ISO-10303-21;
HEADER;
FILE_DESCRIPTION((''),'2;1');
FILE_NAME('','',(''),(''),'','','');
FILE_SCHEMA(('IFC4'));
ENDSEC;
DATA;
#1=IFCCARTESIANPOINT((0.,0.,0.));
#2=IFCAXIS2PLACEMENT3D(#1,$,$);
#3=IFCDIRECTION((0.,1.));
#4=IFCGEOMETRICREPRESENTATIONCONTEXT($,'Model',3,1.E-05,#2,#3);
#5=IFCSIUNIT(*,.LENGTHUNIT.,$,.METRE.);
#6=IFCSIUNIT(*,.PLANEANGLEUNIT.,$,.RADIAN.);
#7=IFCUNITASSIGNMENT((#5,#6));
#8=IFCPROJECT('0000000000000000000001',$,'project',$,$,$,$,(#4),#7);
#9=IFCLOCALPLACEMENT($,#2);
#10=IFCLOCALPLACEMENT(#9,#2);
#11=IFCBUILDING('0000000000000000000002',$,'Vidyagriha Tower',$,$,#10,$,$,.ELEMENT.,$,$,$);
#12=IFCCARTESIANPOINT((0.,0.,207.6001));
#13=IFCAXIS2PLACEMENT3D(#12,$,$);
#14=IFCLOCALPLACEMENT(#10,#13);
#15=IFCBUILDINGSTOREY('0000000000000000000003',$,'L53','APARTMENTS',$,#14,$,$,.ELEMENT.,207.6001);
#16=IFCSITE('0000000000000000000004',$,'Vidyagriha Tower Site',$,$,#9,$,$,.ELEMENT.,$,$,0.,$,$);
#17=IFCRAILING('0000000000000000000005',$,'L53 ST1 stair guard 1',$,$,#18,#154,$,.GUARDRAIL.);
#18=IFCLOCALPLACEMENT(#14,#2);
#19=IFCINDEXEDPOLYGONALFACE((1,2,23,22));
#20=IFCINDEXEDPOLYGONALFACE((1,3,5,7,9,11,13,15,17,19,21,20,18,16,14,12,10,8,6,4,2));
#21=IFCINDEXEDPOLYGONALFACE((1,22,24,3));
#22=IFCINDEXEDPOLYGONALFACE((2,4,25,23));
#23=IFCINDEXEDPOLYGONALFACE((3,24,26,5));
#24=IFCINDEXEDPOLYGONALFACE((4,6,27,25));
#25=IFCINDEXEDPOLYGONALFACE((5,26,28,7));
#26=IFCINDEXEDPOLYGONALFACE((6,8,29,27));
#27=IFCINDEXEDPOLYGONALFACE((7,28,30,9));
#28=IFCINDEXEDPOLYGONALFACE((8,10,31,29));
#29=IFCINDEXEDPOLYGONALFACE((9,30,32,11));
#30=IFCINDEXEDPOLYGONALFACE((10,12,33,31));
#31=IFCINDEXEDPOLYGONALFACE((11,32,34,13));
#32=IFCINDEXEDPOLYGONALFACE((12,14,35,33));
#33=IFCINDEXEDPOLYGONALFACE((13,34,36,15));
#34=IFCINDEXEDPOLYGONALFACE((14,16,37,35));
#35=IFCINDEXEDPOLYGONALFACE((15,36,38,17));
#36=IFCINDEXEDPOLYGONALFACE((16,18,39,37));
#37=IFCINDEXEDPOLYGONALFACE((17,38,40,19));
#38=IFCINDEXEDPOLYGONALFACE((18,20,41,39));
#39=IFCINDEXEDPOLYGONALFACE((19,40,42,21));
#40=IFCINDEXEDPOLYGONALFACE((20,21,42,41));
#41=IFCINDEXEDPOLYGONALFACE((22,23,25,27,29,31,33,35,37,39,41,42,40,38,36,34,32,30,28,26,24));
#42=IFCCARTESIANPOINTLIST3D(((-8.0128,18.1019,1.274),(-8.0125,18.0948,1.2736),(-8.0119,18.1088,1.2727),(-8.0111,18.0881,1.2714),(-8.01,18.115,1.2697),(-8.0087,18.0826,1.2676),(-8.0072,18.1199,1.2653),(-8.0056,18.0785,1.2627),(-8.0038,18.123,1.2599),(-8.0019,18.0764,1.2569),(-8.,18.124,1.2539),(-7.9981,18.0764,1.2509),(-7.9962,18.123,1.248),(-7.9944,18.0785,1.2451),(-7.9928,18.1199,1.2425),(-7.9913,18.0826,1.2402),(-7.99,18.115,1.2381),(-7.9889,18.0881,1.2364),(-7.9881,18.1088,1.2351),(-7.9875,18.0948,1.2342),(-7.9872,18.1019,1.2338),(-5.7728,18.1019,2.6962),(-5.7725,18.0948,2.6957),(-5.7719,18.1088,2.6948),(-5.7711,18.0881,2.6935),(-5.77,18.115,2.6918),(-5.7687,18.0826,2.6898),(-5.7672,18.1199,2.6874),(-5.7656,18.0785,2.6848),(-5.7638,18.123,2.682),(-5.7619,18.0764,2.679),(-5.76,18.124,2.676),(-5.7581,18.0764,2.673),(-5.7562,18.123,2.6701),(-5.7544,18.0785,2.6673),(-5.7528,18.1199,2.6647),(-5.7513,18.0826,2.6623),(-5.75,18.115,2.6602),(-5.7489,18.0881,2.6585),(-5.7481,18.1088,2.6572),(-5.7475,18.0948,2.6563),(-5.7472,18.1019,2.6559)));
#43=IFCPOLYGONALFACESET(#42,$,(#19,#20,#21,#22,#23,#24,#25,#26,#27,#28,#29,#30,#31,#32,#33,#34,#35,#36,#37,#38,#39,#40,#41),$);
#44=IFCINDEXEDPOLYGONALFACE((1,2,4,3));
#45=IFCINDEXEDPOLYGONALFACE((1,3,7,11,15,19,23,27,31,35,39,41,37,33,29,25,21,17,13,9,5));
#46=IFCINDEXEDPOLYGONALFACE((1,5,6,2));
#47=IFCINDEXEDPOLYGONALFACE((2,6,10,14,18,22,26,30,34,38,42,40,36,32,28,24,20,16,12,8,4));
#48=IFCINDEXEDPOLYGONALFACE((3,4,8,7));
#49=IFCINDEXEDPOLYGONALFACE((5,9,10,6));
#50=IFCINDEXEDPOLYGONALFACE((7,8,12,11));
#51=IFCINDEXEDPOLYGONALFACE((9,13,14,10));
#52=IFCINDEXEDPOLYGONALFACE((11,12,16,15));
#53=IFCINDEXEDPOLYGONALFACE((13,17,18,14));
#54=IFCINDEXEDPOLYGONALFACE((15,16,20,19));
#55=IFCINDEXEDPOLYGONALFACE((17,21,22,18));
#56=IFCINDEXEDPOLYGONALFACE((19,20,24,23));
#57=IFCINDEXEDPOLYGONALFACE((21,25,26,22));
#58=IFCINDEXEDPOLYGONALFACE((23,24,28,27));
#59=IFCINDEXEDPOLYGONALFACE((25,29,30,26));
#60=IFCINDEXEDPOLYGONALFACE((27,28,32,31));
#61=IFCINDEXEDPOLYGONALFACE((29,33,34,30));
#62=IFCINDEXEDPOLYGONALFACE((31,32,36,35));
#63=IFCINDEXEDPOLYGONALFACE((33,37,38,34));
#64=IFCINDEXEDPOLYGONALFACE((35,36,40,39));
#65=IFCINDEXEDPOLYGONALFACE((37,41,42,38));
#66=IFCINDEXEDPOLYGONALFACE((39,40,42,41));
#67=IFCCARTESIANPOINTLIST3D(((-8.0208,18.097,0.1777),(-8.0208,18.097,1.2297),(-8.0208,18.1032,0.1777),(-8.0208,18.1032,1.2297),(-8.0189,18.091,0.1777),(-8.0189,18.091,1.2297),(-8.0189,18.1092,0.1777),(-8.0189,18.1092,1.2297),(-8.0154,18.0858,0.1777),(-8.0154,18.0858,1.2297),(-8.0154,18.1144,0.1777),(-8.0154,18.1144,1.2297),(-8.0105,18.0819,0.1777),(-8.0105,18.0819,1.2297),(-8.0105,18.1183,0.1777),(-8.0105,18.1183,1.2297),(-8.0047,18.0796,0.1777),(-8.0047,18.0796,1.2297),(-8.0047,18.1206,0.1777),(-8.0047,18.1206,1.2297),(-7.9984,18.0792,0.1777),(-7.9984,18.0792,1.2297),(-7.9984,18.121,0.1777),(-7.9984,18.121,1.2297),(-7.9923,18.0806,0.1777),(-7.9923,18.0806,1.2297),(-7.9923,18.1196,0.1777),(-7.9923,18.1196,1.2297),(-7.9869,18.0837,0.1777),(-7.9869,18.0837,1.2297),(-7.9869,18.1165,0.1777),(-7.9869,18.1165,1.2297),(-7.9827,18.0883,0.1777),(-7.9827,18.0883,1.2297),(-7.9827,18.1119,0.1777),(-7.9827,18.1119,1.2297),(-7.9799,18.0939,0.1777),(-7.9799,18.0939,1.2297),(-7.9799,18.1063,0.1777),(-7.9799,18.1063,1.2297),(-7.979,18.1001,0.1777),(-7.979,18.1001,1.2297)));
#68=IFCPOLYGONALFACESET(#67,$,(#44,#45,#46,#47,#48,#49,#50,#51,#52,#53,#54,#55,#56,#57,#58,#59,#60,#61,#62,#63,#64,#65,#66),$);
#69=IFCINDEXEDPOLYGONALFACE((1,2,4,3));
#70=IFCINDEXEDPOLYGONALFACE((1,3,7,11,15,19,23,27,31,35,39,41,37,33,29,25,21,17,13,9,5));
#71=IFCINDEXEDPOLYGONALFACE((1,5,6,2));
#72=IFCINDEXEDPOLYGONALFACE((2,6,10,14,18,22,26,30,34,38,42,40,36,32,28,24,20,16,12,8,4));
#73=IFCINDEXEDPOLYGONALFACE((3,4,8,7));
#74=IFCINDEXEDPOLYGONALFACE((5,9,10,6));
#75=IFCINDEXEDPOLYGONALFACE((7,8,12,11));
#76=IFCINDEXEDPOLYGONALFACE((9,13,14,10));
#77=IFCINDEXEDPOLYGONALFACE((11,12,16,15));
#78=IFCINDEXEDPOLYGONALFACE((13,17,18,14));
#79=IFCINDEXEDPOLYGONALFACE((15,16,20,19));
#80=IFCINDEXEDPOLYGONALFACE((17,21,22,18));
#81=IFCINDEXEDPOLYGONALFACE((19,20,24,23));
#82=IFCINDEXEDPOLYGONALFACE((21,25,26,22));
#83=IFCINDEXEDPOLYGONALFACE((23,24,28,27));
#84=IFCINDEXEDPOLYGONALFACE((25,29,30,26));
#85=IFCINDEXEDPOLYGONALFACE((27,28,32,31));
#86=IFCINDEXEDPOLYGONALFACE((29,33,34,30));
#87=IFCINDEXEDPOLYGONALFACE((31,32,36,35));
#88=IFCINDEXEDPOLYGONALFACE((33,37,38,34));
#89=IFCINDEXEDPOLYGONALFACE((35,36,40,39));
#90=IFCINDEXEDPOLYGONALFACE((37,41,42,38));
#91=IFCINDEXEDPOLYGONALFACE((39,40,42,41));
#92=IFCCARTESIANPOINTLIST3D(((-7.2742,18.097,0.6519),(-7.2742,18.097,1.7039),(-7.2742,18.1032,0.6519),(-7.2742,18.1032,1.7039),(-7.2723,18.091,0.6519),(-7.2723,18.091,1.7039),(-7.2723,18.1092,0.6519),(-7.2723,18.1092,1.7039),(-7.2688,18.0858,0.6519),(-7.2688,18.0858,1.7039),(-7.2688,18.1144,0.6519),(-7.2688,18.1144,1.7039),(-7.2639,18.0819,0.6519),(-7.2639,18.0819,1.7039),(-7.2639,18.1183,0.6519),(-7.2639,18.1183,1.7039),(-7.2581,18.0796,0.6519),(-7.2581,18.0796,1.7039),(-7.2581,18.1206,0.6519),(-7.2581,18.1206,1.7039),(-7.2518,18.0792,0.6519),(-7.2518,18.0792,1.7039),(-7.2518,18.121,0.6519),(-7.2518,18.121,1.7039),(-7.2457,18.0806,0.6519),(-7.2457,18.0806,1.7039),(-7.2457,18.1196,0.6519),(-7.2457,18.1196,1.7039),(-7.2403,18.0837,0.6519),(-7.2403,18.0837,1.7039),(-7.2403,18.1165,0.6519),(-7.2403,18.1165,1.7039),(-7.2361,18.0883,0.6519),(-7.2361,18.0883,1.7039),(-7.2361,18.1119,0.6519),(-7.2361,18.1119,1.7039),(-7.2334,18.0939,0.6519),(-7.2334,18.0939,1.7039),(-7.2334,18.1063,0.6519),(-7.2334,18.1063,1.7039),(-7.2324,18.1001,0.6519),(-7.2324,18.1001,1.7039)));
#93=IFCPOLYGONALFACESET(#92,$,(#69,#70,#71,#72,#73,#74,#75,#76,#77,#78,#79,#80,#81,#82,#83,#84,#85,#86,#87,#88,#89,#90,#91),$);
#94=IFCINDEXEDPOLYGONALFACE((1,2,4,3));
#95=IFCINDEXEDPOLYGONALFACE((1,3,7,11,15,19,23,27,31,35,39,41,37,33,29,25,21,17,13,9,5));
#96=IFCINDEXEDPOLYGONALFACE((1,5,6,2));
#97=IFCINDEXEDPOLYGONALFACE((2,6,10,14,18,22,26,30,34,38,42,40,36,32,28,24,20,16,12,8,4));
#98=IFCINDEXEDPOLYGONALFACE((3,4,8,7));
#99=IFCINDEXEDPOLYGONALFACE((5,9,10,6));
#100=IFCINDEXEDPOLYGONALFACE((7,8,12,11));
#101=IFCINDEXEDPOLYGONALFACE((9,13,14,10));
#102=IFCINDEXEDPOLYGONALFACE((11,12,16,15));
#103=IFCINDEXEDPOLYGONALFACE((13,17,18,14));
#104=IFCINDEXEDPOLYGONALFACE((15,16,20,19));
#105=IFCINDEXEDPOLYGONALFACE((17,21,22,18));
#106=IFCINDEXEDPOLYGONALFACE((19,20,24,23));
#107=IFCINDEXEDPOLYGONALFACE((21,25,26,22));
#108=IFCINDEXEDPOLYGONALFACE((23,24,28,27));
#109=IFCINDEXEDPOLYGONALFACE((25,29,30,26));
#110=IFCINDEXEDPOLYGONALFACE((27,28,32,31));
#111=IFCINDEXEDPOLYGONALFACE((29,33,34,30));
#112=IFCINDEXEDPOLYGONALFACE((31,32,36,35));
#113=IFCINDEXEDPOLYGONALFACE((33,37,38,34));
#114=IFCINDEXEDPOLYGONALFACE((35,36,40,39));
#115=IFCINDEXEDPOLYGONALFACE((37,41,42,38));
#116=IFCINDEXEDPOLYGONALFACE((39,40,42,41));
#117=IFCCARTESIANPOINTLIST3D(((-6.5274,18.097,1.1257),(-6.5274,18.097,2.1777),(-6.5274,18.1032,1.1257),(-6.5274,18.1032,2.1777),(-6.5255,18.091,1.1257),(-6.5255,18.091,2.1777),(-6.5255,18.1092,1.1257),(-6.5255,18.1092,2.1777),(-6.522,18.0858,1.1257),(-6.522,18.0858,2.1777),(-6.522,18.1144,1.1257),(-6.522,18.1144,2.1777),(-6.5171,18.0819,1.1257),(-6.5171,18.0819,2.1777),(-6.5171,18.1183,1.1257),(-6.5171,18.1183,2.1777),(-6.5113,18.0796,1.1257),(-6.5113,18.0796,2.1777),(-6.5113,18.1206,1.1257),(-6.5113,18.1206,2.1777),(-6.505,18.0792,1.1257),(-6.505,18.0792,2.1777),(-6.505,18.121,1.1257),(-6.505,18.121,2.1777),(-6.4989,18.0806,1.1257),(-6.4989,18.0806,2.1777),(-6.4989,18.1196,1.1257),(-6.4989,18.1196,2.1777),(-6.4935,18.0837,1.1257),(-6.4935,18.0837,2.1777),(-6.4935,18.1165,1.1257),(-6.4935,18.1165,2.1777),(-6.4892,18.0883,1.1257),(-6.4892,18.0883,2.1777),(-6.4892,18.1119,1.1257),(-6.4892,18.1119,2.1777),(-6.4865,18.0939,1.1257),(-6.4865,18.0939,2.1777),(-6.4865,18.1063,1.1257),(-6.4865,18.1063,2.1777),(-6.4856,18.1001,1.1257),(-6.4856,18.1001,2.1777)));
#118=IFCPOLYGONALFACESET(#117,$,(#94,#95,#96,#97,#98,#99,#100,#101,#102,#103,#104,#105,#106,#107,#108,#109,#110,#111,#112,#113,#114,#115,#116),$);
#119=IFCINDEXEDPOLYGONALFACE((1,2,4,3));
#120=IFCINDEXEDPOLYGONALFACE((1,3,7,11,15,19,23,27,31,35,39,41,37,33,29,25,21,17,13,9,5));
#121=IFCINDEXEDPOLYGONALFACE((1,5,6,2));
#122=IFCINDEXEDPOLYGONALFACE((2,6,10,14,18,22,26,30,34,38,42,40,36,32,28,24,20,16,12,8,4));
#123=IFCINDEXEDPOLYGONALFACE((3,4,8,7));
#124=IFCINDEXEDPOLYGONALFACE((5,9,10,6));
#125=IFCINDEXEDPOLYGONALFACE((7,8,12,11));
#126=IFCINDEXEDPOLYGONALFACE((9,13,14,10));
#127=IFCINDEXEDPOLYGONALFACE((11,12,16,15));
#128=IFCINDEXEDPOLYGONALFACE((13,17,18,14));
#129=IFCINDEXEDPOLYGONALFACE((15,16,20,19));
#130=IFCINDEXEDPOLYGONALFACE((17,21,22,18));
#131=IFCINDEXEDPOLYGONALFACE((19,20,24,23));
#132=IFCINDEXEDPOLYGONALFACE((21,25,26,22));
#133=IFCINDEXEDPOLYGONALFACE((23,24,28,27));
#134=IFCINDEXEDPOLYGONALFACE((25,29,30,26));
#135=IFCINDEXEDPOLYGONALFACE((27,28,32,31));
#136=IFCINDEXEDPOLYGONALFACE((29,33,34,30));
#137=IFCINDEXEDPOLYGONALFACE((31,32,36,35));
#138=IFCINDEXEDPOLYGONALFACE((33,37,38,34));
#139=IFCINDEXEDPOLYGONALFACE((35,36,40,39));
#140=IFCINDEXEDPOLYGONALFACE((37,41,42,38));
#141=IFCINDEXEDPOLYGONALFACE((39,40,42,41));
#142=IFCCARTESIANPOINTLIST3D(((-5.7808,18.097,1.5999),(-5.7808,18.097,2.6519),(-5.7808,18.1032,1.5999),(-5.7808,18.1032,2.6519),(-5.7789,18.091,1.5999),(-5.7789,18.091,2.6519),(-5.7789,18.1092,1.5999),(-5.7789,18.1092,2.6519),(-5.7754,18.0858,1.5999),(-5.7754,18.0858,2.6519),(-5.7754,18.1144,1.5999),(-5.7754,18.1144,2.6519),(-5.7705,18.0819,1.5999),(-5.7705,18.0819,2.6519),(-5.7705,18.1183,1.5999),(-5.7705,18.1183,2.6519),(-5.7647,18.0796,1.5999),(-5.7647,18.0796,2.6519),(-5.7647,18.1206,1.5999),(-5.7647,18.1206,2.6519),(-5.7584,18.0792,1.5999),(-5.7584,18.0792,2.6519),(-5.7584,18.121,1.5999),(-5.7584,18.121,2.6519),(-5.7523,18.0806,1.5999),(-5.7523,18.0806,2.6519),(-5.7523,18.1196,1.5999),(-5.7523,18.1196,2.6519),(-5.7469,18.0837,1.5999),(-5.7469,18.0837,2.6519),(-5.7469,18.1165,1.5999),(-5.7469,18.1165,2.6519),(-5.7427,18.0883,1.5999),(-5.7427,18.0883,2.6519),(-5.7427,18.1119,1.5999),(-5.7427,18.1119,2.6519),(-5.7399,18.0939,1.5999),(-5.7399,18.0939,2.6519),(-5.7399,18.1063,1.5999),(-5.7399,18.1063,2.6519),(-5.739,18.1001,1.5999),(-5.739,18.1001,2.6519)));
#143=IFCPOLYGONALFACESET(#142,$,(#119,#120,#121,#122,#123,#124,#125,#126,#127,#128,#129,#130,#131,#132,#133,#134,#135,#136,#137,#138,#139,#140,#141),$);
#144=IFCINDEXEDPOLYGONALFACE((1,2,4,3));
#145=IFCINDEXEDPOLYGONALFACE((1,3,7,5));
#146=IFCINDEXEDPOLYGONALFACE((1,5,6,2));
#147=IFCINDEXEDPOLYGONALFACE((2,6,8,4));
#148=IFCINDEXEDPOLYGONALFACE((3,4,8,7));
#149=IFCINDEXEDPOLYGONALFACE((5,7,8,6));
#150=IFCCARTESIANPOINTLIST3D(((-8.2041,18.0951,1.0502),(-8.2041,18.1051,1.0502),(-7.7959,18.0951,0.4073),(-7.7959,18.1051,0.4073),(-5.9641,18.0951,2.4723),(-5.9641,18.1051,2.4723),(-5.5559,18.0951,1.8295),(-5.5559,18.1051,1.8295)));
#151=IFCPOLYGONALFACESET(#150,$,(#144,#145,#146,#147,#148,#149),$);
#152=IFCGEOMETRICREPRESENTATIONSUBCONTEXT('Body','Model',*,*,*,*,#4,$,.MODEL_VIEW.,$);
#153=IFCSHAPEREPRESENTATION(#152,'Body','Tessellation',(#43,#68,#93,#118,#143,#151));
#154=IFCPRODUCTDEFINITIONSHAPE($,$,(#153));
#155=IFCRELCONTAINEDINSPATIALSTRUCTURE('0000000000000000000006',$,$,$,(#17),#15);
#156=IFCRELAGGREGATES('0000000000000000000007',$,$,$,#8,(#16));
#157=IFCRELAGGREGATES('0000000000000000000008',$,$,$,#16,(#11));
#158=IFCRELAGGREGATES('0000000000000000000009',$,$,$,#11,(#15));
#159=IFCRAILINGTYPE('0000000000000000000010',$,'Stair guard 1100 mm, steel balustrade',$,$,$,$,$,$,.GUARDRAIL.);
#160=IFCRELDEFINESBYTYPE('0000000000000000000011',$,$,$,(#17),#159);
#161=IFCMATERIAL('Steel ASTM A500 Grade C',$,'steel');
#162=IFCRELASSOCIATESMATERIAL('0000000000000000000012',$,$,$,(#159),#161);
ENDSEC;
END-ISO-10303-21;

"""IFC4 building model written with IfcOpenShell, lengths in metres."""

from ifc_helpers import new_model, si_unit, direction, frame, origin, origin_2d, place, context, subcontext, project, spatial, rectangle, circle, extrude, material, type_object, element, save


model = new_model("IFC4")

# Units and contexts
model_context = context("Model", 3, precision=1e-05, world=origin(), true_north=direction((0.0, 1.0)))
body_context = subcontext(model_context, "Body", "Model", "MODEL_VIEW")
ifc_project = project(units=[si_unit("LENGTHUNIT", "METRE"), si_unit("PLANEANGLEUNIT", "RADIAN")], contexts=[model_context])

# Site, building, storey
site_placement = place(None, origin())
site = spatial("IfcSite", under=ifc_project, at=site_placement, Name="Vidyagriha Tower Site", CompositionType="ELEMENT", RefElevation=0.0)
building_placement = place(site_placement, origin())
building = spatial("IfcBuilding", under=site, at=building_placement, Name="Vidyagriha Tower", CompositionType="ELEMENT")
storey_placement = place(building_placement, frame((0.0, 0.0, 207.6001)))
storey = spatial("IfcBuildingStorey", under=building, at=storey_placement, Name="L53", Description="APARTMENTS", CompositionType="ELEMENT", Elevation=207.6001)

# Railing
ifc_material_1 = material(Name="Steel ASTM A500 Grade C", Category="steel")
railing_type_1 = type_object("IfcRailingType", Name="Stair guard 1100 mm, steel balustrade", PredefinedType="GUARDRAIL", material=ifc_material_1)
railing_1_placement = place(storey_placement, frame((-8.0, 18.1001, 0.1777)))
element("IfcRailing", 1, at=railing_1_placement, inside=storey, type_object=railing_type_1, Name="L53 ST1 stair guard 1", PredefinedType="GUARDRAIL", context=body_context, shape_type="SweptSolid", body=[
    extrude(circle(Radius=0.0239, at=origin_2d()), frame((0.0, 0.0, 1.0762), z_axis=(0.844229, 0.0, 0.535982), x_axis=(0.0, 1.0, 0.0)), (0.0, 0.0, 1.0), 2.6533),
    extrude(circle(Radius=0.021, at=origin_2d()), origin(), (0.0, 0.0, 1.0), 1.052),
    extrude(circle(Radius=0.021, at=origin_2d()), frame((0.7466, 0.0, 0.4741)), (0.0, 0.0, 1.0), 1.052),
    extrude(circle(Radius=0.021, at=origin_2d()), frame((1.4934, 0.0, 0.948)), (0.0, 0.0, 1.0), 1.052),
    extrude(circle(Radius=0.021, at=origin_2d()), frame((2.24, 0.0, 1.4221)), (0.0, 0.0, 1.0), 1.052),
    extrude(rectangle(XDim=0.01, YDim=0.7615, at=origin_2d()), frame((0.0, 0.0, 0.551), z_axis=(0.844229, 0.0, 0.535982), x_axis=(0.0, 1.0, 0.0)), (0.0, 0.0, 1.0), 2.6533),
])

save(model, "model.ifc")
